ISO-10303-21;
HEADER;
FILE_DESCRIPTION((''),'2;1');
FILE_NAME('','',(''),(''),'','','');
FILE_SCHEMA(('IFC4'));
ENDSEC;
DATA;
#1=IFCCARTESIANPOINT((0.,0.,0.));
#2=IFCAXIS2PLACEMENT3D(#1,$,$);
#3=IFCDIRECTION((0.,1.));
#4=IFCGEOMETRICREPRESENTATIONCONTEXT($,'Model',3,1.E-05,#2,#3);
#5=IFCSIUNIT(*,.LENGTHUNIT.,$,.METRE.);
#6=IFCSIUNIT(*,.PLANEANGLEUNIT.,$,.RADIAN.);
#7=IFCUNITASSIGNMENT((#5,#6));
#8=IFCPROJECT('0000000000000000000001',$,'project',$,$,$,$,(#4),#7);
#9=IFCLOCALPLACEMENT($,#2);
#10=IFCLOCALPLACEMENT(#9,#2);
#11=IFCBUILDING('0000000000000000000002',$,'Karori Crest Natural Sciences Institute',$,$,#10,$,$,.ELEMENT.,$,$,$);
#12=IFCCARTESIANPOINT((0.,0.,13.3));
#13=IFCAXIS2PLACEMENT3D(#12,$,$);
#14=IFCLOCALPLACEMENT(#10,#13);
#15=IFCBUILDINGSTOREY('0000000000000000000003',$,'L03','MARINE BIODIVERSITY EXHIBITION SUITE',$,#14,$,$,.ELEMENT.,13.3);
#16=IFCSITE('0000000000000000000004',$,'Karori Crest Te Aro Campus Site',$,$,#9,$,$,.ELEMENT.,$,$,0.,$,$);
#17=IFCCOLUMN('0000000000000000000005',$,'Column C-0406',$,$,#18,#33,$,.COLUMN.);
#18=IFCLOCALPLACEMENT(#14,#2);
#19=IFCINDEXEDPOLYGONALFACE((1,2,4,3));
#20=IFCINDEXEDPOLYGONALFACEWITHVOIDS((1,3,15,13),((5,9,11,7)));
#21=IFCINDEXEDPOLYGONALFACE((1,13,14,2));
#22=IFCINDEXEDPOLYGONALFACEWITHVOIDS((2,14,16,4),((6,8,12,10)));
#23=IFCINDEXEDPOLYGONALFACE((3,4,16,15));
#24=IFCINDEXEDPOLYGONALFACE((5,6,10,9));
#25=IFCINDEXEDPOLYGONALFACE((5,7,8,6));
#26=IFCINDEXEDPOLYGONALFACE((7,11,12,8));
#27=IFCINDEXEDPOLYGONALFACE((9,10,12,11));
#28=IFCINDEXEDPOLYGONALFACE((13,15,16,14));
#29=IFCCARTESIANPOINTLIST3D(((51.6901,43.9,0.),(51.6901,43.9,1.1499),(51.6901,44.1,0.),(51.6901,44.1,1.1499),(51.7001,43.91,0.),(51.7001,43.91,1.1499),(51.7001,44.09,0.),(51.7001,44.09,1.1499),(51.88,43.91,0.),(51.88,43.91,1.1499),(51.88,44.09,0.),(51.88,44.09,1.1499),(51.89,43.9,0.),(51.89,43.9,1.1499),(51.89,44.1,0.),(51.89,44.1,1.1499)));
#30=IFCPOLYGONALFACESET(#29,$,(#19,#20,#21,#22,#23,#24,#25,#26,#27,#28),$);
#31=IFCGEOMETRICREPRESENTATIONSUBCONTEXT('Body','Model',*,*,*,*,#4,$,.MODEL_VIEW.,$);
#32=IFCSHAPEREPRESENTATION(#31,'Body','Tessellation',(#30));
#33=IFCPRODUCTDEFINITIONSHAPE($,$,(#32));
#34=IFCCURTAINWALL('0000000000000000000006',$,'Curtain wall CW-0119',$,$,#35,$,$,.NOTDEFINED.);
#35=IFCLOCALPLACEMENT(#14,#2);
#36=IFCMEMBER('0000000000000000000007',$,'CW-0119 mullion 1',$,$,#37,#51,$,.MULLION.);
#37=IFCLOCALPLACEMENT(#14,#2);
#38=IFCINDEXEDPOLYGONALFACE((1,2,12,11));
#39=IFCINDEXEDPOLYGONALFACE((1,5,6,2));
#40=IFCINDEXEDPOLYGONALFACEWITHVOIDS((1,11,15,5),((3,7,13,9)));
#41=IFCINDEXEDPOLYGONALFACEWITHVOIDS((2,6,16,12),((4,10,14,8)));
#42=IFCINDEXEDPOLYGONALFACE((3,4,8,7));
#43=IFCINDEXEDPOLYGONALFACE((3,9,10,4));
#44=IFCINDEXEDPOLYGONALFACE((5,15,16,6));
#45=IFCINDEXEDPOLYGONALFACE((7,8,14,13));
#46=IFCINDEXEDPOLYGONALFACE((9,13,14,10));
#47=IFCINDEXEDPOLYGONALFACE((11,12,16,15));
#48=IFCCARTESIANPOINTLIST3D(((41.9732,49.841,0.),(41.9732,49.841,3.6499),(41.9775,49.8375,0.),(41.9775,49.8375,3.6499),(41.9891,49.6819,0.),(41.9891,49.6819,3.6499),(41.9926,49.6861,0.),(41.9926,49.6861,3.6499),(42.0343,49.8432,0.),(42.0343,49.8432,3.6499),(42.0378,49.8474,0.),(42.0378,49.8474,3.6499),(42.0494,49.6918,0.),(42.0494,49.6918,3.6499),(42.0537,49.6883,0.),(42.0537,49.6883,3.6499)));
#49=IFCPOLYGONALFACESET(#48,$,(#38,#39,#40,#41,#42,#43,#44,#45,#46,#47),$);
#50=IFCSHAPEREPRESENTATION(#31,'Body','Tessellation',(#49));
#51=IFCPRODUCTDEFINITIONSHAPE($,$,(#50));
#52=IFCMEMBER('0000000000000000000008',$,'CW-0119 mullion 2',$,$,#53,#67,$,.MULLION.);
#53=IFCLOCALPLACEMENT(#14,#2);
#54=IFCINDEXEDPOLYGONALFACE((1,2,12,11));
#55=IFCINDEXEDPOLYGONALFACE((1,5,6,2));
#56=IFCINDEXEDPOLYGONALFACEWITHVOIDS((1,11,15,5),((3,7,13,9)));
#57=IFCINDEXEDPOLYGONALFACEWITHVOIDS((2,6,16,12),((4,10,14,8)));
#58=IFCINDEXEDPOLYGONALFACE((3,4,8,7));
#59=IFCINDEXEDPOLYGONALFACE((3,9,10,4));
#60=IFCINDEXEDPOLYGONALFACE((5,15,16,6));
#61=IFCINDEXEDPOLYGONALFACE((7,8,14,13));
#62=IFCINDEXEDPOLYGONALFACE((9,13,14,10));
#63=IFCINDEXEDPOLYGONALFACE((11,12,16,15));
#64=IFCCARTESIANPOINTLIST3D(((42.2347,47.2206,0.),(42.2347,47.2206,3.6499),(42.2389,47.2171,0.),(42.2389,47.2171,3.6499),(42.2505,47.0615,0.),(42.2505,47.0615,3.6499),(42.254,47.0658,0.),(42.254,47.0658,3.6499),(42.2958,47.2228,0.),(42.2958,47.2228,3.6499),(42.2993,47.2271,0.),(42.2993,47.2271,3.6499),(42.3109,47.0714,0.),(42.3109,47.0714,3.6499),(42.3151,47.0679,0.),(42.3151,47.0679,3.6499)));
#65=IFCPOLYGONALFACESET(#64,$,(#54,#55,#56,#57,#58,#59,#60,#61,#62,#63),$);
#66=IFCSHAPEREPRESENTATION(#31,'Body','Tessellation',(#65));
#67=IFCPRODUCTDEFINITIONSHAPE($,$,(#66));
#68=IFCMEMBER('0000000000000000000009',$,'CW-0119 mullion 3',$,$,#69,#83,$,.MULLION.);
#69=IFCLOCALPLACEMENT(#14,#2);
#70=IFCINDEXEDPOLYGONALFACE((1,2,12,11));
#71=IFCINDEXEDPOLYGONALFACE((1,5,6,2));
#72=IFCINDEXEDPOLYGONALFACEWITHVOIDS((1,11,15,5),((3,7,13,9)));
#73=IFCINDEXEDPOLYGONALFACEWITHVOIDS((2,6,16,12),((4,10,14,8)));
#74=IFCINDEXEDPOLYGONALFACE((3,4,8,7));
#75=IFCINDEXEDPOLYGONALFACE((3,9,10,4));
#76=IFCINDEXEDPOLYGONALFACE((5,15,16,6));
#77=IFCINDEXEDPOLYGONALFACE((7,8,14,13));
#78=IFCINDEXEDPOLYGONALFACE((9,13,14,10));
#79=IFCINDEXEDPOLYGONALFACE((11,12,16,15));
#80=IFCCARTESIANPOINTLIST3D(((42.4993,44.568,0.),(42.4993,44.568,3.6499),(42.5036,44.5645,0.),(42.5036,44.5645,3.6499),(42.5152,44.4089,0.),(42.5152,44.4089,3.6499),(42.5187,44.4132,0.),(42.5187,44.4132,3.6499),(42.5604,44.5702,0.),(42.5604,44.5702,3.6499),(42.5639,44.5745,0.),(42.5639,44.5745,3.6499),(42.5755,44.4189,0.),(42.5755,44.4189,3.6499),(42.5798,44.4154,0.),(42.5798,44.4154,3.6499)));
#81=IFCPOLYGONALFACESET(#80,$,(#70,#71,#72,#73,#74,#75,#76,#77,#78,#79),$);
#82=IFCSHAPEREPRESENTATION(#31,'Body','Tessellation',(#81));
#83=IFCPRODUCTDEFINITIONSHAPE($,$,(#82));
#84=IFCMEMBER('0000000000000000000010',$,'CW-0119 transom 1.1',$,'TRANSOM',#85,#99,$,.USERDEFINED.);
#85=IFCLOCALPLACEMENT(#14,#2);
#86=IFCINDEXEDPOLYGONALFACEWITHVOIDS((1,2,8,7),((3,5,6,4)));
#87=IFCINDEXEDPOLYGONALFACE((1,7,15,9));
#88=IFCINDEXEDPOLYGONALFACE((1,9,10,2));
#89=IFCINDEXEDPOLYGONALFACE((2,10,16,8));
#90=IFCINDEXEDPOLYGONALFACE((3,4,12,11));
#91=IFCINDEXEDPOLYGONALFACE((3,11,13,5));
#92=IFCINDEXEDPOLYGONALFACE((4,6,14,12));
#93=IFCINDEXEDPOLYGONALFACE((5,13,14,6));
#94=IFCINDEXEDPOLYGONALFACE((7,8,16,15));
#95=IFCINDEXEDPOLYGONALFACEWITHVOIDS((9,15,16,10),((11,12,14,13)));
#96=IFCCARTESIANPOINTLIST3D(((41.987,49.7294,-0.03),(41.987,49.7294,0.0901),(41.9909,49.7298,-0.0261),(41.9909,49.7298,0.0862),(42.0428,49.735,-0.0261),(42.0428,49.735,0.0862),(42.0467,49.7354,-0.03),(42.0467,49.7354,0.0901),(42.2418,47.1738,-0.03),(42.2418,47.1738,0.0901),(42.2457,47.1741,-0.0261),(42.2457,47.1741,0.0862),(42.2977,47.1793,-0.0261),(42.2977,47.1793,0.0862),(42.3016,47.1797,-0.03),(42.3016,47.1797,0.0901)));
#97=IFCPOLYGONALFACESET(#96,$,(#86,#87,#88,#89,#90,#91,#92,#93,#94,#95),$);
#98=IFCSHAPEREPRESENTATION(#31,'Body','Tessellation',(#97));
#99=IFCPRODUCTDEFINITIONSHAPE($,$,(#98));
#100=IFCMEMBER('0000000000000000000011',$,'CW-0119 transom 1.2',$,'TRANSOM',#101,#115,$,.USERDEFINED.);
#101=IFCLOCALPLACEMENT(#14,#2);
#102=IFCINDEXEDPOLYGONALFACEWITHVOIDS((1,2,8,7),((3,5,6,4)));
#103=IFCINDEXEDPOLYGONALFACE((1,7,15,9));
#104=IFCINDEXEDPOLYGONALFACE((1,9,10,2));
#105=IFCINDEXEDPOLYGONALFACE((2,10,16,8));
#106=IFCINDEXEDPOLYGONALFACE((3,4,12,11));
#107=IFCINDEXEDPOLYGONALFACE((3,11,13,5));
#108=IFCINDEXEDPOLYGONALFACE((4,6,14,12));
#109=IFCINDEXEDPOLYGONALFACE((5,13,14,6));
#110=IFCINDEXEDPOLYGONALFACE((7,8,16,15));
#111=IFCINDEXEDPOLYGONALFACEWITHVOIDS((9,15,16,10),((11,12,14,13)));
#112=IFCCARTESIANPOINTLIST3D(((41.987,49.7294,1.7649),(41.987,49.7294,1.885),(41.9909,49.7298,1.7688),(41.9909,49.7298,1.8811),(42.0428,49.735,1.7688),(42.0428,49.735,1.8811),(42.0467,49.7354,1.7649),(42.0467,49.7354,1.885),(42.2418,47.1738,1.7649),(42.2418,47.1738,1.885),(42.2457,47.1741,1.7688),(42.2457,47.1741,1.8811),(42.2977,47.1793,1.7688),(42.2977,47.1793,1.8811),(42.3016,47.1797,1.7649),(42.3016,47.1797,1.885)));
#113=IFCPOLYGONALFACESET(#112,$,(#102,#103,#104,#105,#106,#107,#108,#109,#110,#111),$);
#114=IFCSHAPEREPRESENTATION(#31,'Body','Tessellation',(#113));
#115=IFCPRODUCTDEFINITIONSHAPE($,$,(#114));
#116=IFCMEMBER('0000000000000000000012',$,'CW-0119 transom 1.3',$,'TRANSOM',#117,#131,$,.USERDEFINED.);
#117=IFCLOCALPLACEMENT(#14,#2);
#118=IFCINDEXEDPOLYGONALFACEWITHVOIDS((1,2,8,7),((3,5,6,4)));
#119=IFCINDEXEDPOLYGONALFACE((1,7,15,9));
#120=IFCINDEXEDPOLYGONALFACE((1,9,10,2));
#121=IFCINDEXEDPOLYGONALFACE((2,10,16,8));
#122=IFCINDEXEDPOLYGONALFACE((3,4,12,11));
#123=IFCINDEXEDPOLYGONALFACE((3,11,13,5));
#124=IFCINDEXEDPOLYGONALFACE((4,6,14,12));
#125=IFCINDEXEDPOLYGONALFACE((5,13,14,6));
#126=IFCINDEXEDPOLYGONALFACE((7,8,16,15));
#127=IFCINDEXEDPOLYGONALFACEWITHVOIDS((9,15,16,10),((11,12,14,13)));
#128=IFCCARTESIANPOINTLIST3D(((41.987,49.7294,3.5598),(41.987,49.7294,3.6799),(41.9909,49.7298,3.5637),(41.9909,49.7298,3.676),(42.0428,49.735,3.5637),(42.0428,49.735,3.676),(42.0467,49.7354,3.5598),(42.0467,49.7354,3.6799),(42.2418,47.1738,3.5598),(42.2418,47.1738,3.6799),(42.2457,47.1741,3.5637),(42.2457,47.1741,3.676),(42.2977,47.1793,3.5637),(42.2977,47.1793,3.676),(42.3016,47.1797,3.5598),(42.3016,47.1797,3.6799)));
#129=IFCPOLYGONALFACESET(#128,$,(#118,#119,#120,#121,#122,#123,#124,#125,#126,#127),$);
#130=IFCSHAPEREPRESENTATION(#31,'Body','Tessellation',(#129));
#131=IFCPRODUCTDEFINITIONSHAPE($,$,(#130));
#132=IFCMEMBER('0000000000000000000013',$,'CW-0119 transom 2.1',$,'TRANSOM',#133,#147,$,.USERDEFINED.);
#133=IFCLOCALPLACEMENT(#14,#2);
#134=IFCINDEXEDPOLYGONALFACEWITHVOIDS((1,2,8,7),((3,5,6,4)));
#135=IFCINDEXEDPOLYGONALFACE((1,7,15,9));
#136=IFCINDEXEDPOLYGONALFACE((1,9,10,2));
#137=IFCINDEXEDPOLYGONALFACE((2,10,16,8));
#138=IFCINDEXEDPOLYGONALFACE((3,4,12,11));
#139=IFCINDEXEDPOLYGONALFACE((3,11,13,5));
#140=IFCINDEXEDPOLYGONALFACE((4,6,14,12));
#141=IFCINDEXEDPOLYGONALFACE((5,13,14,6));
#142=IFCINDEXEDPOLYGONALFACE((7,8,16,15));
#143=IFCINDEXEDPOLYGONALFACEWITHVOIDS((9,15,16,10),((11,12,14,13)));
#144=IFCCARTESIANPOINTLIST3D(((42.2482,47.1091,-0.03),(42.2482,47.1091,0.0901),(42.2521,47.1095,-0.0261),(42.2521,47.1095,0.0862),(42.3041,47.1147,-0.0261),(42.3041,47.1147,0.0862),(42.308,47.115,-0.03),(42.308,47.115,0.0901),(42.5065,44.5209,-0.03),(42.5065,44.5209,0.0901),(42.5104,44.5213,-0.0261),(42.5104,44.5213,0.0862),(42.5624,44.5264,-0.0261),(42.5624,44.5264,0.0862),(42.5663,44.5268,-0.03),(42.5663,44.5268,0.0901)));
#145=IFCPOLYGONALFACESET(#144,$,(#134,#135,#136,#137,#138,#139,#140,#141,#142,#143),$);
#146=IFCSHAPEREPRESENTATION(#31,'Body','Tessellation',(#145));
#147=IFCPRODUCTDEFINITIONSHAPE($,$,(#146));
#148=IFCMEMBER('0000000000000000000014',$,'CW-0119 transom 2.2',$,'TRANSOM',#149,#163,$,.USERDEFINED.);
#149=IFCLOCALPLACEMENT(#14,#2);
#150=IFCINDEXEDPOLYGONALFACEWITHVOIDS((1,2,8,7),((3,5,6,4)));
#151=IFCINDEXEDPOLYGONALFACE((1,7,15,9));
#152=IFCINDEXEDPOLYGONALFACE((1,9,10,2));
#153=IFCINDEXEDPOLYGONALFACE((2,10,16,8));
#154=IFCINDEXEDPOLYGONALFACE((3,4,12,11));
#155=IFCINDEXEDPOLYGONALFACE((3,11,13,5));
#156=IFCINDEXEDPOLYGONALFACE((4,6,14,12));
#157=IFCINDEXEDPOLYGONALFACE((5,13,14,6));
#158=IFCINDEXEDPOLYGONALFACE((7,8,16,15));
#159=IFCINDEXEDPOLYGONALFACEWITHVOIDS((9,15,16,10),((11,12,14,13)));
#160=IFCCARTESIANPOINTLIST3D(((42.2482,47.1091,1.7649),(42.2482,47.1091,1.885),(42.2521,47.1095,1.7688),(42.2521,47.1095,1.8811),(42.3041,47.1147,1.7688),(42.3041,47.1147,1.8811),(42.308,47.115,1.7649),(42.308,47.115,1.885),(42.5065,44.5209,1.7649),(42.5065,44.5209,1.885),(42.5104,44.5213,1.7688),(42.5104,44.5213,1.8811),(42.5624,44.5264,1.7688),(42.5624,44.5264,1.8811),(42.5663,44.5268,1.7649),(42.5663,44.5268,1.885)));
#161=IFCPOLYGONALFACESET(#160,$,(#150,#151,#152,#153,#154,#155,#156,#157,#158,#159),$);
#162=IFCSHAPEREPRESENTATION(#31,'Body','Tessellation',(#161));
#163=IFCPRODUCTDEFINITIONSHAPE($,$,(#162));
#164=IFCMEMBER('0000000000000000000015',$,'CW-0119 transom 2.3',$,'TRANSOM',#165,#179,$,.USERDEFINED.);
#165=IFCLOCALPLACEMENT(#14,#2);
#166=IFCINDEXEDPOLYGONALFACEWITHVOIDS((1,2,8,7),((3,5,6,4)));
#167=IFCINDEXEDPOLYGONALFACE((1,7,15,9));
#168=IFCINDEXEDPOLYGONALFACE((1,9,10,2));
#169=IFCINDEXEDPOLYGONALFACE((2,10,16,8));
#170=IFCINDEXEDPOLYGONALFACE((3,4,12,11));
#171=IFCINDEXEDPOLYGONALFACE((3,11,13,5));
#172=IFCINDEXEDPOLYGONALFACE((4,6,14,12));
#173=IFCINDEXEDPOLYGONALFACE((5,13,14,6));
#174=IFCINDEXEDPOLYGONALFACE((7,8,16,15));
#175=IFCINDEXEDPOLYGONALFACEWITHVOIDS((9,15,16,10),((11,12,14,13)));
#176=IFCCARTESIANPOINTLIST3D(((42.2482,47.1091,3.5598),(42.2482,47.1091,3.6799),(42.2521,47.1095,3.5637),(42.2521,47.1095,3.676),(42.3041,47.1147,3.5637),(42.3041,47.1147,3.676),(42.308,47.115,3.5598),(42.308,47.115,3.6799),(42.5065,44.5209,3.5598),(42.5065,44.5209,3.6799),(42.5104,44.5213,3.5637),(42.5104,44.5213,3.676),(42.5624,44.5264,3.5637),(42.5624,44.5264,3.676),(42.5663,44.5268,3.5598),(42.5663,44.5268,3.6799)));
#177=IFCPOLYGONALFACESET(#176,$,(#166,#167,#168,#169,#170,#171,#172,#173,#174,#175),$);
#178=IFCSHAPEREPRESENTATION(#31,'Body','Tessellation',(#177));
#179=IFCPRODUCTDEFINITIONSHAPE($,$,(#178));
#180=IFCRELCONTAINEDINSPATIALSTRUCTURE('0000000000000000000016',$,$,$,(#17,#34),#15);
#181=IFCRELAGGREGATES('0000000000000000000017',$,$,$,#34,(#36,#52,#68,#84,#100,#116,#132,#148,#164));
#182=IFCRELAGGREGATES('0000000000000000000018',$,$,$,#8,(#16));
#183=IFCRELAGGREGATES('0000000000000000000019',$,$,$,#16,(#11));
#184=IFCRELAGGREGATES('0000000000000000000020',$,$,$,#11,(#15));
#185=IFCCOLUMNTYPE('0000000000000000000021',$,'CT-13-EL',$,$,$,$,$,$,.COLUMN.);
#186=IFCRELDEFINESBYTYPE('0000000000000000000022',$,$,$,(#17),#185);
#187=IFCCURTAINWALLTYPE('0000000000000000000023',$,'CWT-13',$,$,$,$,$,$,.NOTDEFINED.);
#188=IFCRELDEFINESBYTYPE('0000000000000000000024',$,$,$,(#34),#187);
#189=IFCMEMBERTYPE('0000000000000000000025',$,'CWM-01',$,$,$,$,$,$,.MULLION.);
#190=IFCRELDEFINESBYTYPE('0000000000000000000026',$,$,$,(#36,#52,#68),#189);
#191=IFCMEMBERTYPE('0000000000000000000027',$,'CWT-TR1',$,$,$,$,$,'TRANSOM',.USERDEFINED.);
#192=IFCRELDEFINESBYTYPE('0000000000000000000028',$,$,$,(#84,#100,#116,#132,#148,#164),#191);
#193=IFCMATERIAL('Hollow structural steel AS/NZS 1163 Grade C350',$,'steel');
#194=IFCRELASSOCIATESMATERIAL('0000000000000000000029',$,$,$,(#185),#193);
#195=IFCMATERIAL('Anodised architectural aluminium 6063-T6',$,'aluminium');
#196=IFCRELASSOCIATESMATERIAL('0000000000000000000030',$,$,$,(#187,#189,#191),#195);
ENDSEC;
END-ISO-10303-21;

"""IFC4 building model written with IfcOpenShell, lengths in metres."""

from ifc_helpers import new_model, si_unit, direction, frame, origin, origin_2d, place, context, subcontext, project, spatial, hollow_rectangle, extrude, material, material_profile, profile_set, type_object, element, aggregate, save


model = new_model("IFC4")

# Units and contexts
model_context = context("Model", 3, precision=1e-05, world=origin(), true_north=direction((0.0, 1.0)))
body_context = subcontext(model_context, "Body", "Model", "MODEL_VIEW")
ifc_project = project(units=[si_unit("LENGTHUNIT", "METRE"), si_unit("PLANEANGLEUNIT", "RADIAN")], contexts=[model_context])

# Site, building, storey
site_placement = place(None, origin())
site = spatial("IfcSite", under=ifc_project, at=site_placement, Name="Karori Crest Te Aro Campus Site", CompositionType="ELEMENT", RefElevation=0.0)
building_placement = place(site_placement, origin())
building = spatial("IfcBuilding", under=site, at=building_placement, Name="Karori Crest Natural Sciences Institute", CompositionType="ELEMENT")
storey_placement = place(building_placement, frame((0.0, 0.0, 13.3)))
storey = spatial("IfcBuildingStorey", under=building, at=storey_placement, Name="L03", Description="MARINE BIODIVERSITY EXHIBITION SUITE", CompositionType="ELEMENT", Elevation=13.3)

# Column
ifc_material_1 = material(Name="Hollow structural steel AS/NZS 1163 Grade C350", Category="steel")
ifc_material_profile_1 = material_profile(ifc_material_1, hollow_rectangle(XDim=0.2, YDim=0.2, WallThickness=0.01, at=origin_2d()), Name="SHS200x200x10")
ifc_profile_set_1 = profile_set([ifc_material_profile_1], Name="Hollow structural steel AS/NZS 1163 Grade C350")
column_type = type_object("IfcColumnType", Name="CT-13-EL", PredefinedType="COLUMN", material=ifc_profile_set_1)
column_placement = place(storey_placement, frame((51.79, 44.0, 0.0), z_axis=(0.0, 0.0, 1.0), x_axis=(1.0, 0.0, 0.0)))
element("IfcColumn", 1, at=column_placement, inside=storey, type_object=column_type, Name="Column C-0406", PredefinedType="COLUMN", context=body_context, shape_type="SweptSolid", body=[
    extrude(hollow_rectangle(XDim=0.2, YDim=0.2, WallThickness=0.01, at=origin_2d()), origin(), (0.0, 0.0, 1.0), 1.1499),
])

# Curtain wall, members
ifc_material_2 = material(Name="Anodised architectural aluminium 6063-T6", Category="aluminium")
curtain_wall_type = type_object("IfcCurtainWallType", Name="CWT-13", PredefinedType="NOTDEFINED", material=ifc_material_2)
curtain_wall_placement = place(storey_placement, origin())
curtain_wall = element("IfcCurtainWall", 2, at=curtain_wall_placement, inside=storey, type_object=curtain_wall_type, Name="Curtain wall CW-0119", PredefinedType="NOTDEFINED")
ifc_material_profile_2 = material_profile(ifc_material_2, hollow_rectangle(XDim=0.0649, YDim=0.1599, WallThickness=0.0039, at=origin_2d()), Name="CWM160x65x4")
ifc_profile_set_2 = profile_set([ifc_material_profile_2], Name="Anodised architectural aluminium 6063-T6")
member_type_1 = type_object("IfcMemberType", Name="CWM-01", PredefinedType="MULLION", material=ifc_profile_set_2)
member_1_placement = place(storey_placement, frame((42.0134, 49.7646, 0.0), z_axis=(0.0, 0.0, 1.0), x_axis=(0.995061, 0.099268, 0.0)))
member_1 = element("IfcMember", 3, at=member_1_placement, type_object=member_type_1, Name="CW-0119 mullion 1", PredefinedType="MULLION", context=body_context, shape_type="SweptSolid", body=[
    extrude(hollow_rectangle(XDim=0.0649, YDim=0.1599, WallThickness=0.0039, at=origin_2d()), origin(), (0.0, 0.0, 1.0), 3.6499),
])
member_2_placement = place(storey_placement, frame((42.2749, 47.1443, 0.0), z_axis=(0.0, 0.0, 1.0), x_axis=(0.995061, 0.099268, 0.0)))
member_2 = element("IfcMember", 4, at=member_2_placement, type_object=member_type_1, Name="CW-0119 mullion 2", PredefinedType="MULLION", context=body_context, shape_type="SweptSolid", body=[
    extrude(hollow_rectangle(XDim=0.0649, YDim=0.1599, WallThickness=0.0039, at=origin_2d()), origin(), (0.0, 0.0, 1.0), 3.6499),
])
member_3_placement = place(storey_placement, frame((42.5396, 44.4917, 0.0), z_axis=(0.0, 0.0, 1.0), x_axis=(0.995061, 0.099268, 0.0)))
member_3 = element("IfcMember", 5, at=member_3_placement, type_object=member_type_1, Name="CW-0119 mullion 3", PredefinedType="MULLION", context=body_context, shape_type="SweptSolid", body=[
    extrude(hollow_rectangle(XDim=0.0649, YDim=0.1599, WallThickness=0.0039, at=origin_2d()), origin(), (0.0, 0.0, 1.0), 3.6499),
])
ifc_material_profile_3 = material_profile(ifc_material_2, hollow_rectangle(XDim=0.0601, YDim=0.1201, WallThickness=0.0039, at=origin_2d()), Name="CWT120x60x4")
ifc_profile_set_3 = profile_set([ifc_material_profile_3], Name="Anodised architectural aluminium 6063-T6")
member_type_2 = type_object("IfcMemberType", Name="CWT-TR1", ElementType="TRANSOM", PredefinedType="USERDEFINED", material=ifc_profile_set_3)
member_4_placement = place(storey_placement, frame((42.0168, 49.7324, 0.03), z_axis=(0.09924, -0.995064, 0.0), x_axis=(0.995064, 0.09924, 0.0)))
member_4 = element("IfcMember", 6, at=member_4_placement, type_object=member_type_2, Name="CW-0119 transom 1.1", ObjectType="TRANSOM", PredefinedType="USERDEFINED", context=body_context, shape_type="SweptSolid", body=[
    extrude(hollow_rectangle(XDim=0.0601, YDim=0.1201, WallThickness=0.0039, at=origin_2d()), origin(), (0.0, 0.0, 1.0), 2.5684),
])
member_5_placement = place(storey_placement, frame((42.0168, 49.7324, 1.825), z_axis=(0.09924, -0.995064, 0.0), x_axis=(0.995064, 0.09924, 0.0)))
member_5 = element("IfcMember", 7, at=member_5_placement, type_object=member_type_2, Name="CW-0119 transom 1.2", ObjectType="TRANSOM", PredefinedType="USERDEFINED", context=body_context, shape_type="SweptSolid", body=[
    extrude(hollow_rectangle(XDim=0.0601, YDim=0.1201, WallThickness=0.0039, at=origin_2d()), origin(), (0.0, 0.0, 1.0), 2.5684),
])
member_6_placement = place(storey_placement, frame((42.0168, 49.7324, 3.6199), z_axis=(0.09924, -0.995064, 0.0), x_axis=(0.995064, 0.09924, 0.0)))
member_6 = element("IfcMember", 8, at=member_6_placement, type_object=member_type_2, Name="CW-0119 transom 1.3", ObjectType="TRANSOM", PredefinedType="USERDEFINED", context=body_context, shape_type="SweptSolid", body=[
    extrude(hollow_rectangle(XDim=0.0601, YDim=0.1201, WallThickness=0.0039, at=origin_2d()), origin(), (0.0, 0.0, 1.0), 2.5684),
])
member_7_placement = place(storey_placement, frame((42.2781, 47.1121, 0.03), z_axis=(0.099309, -0.995057, 0.0), x_axis=(0.995057, 0.099309, 0.0)))
member_7 = element("IfcMember", 9, at=member_7_placement, type_object=member_type_2, Name="CW-0119 transom 2.1", ObjectType="TRANSOM", PredefinedType="USERDEFINED", context=body_context, shape_type="SweptSolid", body=[
    extrude(hollow_rectangle(XDim=0.0601, YDim=0.1201, WallThickness=0.0039, at=origin_2d()), origin(), (0.0, 0.0, 1.0), 2.6011),
])
member_8_placement = place(storey_placement, frame((42.2781, 47.1121, 1.825), z_axis=(0.099309, -0.995057, 0.0), x_axis=(0.995057, 0.099309, 0.0)))
member_8 = element("IfcMember", 10, at=member_8_placement, type_object=member_type_2, Name="CW-0119 transom 2.2", ObjectType="TRANSOM", PredefinedType="USERDEFINED", context=body_context, shape_type="SweptSolid", body=[
    extrude(hollow_rectangle(XDim=0.0601, YDim=0.1201, WallThickness=0.0039, at=origin_2d()), origin(), (0.0, 0.0, 1.0), 2.6011),
])
member_9_placement = place(storey_placement, frame((42.2781, 47.1121, 3.6199), z_axis=(0.099309, -0.995057, 0.0), x_axis=(0.995057, 0.099309, 0.0)))
member_9 = element("IfcMember", 11, at=member_9_placement, type_object=member_type_2, Name="CW-0119 transom 2.3", ObjectType="TRANSOM", PredefinedType="USERDEFINED", context=body_context, shape_type="SweptSolid", body=[
    extrude(hollow_rectangle(XDim=0.0601, YDim=0.1201, WallThickness=0.0039, at=origin_2d()), origin(), (0.0, 0.0, 1.0), 2.6011),
])
aggregate(curtain_wall, [member_1, member_2, member_3, member_4, member_5, member_6, member_7, member_8, member_9])

save(model, "model.ifc")
